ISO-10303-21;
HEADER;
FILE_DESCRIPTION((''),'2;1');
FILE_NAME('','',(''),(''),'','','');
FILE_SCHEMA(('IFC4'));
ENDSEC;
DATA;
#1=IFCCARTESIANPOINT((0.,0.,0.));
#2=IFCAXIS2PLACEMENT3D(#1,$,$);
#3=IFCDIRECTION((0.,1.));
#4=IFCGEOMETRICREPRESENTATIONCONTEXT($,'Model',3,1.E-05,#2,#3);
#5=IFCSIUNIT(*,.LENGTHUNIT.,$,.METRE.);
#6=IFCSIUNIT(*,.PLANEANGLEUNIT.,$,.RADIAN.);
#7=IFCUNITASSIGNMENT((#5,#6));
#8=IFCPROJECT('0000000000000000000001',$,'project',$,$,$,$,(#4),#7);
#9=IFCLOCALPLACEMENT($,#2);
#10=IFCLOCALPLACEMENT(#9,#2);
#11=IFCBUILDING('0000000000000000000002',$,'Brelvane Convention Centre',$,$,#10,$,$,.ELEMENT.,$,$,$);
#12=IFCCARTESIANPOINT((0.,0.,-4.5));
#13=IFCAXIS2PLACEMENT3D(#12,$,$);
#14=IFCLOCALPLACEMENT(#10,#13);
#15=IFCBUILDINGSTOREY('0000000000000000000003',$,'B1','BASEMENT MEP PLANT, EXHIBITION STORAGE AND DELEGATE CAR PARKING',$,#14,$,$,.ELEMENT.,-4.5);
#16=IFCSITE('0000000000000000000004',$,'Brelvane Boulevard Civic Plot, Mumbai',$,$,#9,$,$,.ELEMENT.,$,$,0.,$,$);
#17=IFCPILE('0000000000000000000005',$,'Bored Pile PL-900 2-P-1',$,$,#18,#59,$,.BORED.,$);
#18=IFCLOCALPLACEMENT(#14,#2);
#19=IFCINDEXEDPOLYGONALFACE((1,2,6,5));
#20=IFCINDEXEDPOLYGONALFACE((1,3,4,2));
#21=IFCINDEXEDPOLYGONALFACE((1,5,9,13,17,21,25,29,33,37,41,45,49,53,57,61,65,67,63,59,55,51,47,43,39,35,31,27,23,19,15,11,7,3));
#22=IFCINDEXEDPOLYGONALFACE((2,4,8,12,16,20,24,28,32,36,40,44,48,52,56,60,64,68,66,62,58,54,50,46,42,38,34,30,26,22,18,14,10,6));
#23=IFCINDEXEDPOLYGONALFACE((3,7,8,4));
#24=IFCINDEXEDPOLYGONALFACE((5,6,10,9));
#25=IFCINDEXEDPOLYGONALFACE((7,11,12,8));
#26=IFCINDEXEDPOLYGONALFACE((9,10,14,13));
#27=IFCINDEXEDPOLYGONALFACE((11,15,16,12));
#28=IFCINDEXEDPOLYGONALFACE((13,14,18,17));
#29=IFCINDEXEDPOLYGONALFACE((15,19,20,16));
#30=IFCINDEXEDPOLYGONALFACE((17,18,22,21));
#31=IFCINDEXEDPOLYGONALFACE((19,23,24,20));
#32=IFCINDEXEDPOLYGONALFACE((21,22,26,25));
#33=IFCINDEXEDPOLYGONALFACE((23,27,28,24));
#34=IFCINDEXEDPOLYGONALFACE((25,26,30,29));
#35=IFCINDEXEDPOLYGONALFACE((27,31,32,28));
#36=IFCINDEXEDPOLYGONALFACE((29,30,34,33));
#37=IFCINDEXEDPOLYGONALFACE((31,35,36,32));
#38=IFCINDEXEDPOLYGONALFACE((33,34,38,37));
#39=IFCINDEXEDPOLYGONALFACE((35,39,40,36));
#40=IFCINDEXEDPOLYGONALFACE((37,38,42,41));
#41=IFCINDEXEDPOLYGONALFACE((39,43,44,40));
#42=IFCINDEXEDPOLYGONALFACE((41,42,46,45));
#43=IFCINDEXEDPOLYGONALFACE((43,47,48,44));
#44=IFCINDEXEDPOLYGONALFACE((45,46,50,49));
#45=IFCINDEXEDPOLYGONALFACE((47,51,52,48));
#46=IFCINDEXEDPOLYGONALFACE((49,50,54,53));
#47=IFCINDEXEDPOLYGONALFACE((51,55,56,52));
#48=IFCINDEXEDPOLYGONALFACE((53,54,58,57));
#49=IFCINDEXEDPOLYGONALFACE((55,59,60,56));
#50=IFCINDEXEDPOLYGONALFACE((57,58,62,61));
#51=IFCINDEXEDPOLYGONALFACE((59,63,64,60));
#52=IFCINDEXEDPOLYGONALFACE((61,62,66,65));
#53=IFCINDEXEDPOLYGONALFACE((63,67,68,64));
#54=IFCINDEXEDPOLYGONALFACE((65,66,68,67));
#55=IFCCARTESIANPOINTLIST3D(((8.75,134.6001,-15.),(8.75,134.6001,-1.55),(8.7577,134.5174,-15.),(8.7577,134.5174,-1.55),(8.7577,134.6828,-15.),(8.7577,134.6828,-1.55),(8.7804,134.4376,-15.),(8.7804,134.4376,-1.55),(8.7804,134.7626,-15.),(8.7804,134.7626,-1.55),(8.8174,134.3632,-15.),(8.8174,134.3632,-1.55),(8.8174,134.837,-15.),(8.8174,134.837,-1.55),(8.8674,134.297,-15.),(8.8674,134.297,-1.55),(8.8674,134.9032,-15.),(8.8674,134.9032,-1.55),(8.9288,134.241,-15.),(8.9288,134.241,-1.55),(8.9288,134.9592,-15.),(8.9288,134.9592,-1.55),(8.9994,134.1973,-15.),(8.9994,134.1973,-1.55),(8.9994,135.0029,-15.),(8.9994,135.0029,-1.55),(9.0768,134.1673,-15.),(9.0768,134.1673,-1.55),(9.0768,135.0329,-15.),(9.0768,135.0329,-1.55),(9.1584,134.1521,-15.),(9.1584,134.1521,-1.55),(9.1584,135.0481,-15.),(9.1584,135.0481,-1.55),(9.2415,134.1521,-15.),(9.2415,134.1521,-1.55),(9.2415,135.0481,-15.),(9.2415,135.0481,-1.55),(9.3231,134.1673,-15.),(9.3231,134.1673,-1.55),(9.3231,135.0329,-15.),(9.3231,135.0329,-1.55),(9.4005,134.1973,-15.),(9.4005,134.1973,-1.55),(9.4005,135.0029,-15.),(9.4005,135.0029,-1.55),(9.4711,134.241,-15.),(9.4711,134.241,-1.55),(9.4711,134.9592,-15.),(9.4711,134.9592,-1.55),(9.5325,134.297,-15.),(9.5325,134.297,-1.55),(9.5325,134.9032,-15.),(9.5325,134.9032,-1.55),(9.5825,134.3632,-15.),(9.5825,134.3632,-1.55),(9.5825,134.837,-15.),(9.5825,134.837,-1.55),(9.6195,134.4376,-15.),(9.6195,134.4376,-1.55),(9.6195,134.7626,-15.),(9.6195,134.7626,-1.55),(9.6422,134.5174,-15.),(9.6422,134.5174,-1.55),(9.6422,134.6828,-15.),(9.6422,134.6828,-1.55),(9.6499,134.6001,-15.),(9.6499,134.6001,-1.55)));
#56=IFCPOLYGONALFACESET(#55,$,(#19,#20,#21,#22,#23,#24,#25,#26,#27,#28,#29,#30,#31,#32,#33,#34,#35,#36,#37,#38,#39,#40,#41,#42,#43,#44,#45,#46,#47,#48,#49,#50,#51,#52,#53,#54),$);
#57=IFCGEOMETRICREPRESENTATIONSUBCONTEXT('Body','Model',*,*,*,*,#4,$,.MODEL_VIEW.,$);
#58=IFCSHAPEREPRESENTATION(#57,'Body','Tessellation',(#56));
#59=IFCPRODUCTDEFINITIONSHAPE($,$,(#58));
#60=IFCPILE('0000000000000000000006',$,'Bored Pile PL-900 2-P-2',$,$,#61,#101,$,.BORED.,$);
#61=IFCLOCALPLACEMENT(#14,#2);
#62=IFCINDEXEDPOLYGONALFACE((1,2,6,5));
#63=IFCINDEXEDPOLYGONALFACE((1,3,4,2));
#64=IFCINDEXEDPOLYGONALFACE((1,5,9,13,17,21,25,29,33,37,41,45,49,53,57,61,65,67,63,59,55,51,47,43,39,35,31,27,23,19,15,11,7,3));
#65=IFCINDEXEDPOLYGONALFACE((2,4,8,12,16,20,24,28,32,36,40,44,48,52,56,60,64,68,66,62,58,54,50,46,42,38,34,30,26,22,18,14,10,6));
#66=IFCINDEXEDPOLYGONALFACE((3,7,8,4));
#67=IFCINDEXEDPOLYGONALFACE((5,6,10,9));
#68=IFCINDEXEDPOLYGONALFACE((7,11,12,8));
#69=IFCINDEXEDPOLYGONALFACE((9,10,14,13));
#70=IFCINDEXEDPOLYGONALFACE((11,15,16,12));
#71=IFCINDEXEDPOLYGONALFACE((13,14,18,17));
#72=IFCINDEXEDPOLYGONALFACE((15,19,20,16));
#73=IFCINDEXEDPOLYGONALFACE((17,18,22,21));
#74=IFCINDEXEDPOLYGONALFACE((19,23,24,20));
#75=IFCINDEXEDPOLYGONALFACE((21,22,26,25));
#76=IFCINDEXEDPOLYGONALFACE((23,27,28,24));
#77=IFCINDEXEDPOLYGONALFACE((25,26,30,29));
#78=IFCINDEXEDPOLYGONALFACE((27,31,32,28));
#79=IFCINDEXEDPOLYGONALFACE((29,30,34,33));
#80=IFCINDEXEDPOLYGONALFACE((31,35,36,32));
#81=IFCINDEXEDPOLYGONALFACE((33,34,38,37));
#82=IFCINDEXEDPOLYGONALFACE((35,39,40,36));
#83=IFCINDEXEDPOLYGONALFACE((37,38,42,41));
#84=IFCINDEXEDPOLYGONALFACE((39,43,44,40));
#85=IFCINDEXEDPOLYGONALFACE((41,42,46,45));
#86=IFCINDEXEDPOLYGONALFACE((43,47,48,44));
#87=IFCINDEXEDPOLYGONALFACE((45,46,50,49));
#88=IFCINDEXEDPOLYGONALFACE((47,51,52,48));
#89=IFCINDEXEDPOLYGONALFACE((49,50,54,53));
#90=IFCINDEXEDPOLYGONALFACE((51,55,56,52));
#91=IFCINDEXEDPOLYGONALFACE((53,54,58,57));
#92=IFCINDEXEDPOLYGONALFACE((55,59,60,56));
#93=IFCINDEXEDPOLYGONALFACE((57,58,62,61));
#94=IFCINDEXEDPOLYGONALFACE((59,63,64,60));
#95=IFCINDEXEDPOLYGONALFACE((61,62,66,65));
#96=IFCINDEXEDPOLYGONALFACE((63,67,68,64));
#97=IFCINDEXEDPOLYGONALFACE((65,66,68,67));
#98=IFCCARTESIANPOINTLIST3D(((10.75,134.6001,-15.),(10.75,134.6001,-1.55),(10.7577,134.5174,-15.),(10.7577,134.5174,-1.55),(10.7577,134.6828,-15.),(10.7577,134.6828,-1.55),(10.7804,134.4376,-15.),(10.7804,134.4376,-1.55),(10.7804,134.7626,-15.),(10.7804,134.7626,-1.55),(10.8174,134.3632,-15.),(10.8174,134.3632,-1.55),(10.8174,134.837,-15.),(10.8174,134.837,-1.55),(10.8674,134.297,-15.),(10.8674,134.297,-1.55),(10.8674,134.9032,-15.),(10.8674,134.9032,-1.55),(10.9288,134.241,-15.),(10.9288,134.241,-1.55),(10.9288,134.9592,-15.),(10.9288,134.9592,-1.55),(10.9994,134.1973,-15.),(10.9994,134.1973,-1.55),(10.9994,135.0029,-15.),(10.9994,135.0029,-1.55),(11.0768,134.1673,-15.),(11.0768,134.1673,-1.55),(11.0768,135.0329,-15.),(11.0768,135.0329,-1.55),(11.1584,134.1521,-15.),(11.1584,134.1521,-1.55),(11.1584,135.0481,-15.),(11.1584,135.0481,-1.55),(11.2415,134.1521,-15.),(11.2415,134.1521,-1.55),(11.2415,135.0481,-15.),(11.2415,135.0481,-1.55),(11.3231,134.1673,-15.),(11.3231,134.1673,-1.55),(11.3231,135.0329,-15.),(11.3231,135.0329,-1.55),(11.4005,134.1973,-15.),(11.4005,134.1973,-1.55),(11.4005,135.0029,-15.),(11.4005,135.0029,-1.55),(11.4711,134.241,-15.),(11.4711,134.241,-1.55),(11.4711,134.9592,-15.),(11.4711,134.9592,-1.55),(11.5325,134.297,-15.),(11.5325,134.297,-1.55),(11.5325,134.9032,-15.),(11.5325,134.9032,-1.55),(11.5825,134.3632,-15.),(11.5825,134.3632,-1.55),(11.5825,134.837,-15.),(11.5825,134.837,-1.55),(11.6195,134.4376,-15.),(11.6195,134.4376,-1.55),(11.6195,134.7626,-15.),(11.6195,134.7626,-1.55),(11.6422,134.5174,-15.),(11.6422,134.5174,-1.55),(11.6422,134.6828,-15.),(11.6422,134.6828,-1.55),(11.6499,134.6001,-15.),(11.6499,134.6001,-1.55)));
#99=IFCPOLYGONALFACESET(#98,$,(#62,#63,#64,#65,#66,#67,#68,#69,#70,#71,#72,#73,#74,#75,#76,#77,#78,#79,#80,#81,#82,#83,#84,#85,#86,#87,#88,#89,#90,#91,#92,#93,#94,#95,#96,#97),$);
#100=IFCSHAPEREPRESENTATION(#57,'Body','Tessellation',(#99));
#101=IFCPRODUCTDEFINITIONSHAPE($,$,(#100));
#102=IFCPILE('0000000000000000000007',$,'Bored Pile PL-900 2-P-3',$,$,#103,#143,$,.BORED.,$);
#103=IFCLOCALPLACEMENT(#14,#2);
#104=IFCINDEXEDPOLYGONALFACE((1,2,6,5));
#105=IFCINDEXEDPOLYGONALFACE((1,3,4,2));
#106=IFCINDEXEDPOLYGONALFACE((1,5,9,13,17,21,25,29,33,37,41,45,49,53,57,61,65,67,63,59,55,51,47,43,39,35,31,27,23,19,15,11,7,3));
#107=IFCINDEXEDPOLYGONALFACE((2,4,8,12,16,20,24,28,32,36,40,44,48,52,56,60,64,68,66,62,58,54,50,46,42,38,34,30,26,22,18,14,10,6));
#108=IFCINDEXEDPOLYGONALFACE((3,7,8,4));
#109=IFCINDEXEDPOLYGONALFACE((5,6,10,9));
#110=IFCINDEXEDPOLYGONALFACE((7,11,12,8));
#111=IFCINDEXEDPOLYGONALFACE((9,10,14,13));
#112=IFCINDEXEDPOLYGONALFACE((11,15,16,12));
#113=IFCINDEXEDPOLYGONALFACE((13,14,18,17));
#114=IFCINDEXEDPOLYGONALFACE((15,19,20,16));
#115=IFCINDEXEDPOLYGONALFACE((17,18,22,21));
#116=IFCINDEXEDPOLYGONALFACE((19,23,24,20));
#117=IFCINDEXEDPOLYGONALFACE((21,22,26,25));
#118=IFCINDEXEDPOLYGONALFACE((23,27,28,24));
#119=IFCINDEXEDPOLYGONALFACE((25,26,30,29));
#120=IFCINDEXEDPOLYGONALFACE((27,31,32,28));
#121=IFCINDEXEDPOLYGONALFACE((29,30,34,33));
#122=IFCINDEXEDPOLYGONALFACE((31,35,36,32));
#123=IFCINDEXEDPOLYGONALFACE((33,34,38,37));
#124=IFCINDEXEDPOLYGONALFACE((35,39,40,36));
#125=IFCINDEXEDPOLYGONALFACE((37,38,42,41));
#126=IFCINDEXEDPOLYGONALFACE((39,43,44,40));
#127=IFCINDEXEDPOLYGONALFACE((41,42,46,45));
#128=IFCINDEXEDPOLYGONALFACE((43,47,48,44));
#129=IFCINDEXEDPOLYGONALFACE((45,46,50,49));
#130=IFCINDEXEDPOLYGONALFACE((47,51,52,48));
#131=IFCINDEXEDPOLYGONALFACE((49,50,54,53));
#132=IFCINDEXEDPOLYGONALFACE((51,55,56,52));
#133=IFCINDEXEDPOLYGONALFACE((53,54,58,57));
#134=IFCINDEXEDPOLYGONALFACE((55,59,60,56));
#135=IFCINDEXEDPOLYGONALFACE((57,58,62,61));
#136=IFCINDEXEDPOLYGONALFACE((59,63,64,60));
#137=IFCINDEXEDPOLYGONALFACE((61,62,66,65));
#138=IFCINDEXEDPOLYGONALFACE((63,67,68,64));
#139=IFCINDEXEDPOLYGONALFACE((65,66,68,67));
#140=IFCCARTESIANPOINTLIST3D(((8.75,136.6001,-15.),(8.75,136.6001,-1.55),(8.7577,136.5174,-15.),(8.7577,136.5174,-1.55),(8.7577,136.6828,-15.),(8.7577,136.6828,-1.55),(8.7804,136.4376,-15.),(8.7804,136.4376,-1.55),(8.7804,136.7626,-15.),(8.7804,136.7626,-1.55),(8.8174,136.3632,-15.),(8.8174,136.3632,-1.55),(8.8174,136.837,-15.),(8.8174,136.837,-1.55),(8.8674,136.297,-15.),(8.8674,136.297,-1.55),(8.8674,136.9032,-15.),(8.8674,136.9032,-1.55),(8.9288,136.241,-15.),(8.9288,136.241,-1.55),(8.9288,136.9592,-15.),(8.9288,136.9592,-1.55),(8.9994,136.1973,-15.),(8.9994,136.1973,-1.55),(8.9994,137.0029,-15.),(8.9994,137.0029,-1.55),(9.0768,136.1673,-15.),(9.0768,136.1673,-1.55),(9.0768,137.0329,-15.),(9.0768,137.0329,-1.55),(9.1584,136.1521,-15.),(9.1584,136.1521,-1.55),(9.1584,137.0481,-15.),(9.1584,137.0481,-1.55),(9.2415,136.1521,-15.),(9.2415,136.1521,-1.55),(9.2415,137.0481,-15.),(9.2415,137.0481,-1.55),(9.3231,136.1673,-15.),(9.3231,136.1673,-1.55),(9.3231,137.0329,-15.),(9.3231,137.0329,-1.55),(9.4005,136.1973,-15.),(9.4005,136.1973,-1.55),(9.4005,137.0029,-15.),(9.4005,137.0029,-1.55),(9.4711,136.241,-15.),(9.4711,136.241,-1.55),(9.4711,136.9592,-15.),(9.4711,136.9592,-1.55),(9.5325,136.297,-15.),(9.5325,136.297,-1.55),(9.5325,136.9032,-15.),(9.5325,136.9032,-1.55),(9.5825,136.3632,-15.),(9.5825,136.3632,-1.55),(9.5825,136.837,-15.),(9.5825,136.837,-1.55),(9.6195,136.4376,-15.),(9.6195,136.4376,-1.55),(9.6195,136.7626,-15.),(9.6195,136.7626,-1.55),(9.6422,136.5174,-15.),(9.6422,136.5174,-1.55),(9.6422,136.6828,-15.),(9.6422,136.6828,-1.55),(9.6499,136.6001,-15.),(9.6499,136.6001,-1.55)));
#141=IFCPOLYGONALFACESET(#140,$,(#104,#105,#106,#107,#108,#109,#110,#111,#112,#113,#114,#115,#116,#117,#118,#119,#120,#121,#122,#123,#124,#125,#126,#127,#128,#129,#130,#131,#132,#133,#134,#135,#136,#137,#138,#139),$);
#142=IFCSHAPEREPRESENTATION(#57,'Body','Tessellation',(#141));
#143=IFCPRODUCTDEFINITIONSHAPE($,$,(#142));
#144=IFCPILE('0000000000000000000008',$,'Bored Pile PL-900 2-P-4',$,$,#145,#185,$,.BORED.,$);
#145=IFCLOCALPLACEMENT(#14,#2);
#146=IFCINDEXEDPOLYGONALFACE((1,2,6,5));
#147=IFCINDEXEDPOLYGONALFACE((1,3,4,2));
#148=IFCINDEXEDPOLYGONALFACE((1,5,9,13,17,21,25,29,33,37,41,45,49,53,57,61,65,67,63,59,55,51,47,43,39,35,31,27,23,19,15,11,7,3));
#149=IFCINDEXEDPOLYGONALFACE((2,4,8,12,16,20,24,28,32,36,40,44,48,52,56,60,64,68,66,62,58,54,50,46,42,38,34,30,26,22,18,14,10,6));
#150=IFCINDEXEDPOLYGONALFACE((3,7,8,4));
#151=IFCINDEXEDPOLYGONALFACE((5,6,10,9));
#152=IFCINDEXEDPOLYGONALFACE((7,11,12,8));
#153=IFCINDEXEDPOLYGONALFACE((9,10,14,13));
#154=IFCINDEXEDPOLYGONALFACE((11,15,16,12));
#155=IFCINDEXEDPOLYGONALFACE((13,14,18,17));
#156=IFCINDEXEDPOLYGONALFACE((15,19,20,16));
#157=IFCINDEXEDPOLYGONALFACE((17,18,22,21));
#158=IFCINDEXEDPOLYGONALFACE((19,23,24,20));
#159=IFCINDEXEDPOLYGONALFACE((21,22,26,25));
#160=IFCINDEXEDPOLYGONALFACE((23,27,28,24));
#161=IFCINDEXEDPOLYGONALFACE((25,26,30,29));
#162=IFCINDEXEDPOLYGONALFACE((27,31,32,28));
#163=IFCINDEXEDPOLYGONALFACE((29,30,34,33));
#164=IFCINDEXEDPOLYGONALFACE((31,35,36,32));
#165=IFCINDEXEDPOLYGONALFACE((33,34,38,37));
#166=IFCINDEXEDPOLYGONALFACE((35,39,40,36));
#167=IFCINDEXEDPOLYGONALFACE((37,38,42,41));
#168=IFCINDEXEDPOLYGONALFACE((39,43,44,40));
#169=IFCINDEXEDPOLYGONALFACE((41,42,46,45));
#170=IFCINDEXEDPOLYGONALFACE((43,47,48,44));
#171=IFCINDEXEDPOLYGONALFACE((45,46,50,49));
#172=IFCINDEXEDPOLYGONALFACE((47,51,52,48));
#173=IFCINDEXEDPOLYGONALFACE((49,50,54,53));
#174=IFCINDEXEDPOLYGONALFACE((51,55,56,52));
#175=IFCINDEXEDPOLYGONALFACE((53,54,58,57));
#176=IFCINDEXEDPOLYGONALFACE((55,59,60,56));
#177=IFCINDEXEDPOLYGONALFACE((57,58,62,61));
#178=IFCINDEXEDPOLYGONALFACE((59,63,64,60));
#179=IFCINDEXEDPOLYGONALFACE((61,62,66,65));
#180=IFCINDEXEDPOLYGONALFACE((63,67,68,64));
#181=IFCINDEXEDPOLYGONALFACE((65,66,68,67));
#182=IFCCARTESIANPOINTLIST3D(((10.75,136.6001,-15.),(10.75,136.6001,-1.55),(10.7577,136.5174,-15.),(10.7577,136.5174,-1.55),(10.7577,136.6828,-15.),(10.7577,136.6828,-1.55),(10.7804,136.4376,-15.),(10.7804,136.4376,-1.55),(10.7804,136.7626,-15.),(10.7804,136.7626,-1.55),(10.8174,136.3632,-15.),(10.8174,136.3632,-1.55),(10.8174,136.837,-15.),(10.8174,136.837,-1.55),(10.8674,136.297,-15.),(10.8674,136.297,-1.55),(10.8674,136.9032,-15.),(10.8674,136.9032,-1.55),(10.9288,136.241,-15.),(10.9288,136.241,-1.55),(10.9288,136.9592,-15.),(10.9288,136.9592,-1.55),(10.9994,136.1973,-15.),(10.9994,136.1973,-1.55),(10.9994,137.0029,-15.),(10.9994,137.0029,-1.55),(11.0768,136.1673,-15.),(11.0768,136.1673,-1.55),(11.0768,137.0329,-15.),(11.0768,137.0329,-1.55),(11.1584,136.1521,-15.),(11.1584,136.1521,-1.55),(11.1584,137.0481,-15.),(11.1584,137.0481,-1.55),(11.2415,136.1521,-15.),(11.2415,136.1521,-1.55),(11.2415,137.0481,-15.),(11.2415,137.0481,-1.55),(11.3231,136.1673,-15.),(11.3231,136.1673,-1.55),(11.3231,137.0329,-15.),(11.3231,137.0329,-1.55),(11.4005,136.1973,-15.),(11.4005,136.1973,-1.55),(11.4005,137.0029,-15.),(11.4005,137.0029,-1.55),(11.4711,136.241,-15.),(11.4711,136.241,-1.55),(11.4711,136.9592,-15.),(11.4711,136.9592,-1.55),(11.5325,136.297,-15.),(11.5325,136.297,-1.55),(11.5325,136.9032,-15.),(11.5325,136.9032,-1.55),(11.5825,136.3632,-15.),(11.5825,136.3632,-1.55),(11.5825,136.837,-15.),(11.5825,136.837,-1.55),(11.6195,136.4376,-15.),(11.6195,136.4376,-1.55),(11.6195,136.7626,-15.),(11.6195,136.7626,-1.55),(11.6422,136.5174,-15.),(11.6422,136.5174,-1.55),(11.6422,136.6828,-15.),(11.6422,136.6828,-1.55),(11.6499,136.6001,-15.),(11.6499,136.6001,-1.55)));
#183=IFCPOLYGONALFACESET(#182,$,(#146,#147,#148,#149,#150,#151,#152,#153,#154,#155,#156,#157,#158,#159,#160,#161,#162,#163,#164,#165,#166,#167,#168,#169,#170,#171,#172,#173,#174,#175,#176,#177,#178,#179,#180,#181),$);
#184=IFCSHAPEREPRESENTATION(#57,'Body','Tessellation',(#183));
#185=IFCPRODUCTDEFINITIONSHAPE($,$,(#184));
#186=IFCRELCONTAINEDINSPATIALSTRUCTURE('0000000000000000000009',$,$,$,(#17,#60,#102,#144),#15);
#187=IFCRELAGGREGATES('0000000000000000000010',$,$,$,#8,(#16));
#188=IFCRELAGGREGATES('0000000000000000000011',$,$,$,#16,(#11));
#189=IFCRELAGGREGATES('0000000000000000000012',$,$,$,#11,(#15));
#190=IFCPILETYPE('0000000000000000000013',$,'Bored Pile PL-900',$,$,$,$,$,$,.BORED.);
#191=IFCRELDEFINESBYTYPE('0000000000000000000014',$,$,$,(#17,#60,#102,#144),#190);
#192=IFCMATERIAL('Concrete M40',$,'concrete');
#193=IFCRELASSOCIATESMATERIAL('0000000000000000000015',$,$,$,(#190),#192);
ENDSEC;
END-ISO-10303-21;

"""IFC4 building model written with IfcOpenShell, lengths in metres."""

from ifc_helpers import new_model, si_unit, direction, frame, origin, origin_2d, place, context, subcontext, project, spatial, circle, extrude, material, material_profile, profile_set, type_object, element, save


model = new_model("IFC4")

# Units and contexts
model_context = context("Model", 3, precision=1e-05, world=origin(), true_north=direction((0.0, 1.0)))
body_context = subcontext(model_context, "Body", "Model", "MODEL_VIEW")
ifc_project = project(units=[si_unit("LENGTHUNIT", "METRE"), si_unit("PLANEANGLEUNIT", "RADIAN")], contexts=[model_context])

# Site, building, storey
site_placement = place(None, origin())
site = spatial("IfcSite", under=ifc_project, at=site_placement, Name="Brelvane Boulevard Civic Plot, Mumbai", CompositionType="ELEMENT", RefElevation=0.0)
building_placement = place(site_placement, origin())
building = spatial("IfcBuilding", under=site, at=building_placement, Name="Brelvane Convention Centre", CompositionType="ELEMENT")
storey_placement = place(building_placement, frame((0.0, 0.0, -4.5)))
storey = spatial("IfcBuildingStorey", under=building, at=storey_placement, Name="B1", Description="BASEMENT MEP PLANT, EXHIBITION STORAGE AND DELEGATE CAR PARKING", CompositionType="ELEMENT", Elevation=-4.5)

# Piles
ifc_material_1 = material(Name="Concrete M40", Category="concrete")
ifc_material_profile_1 = material_profile(ifc_material_1, circle(Radius=0.45, at=origin_2d()), Name="PILE D900")
ifc_profile_set_1 = profile_set([ifc_material_profile_1], Name="Concrete M40")
pile_type = type_object("IfcPileType", Name="Bored Pile PL-900", PredefinedType="BORED", material=ifc_profile_set_1)
for number, where, z_axis, x_axis, name in (
    (1, (9.2, 134.6001, -1.55), (0.0, 0.0, -1.0), (1.0, 0.0, 0.0), "Bored Pile PL-900 2-P-1"),
    (2, (11.2, 134.6001, -1.55), (0.0, 0.0, -1.0), (1.0, 0.0, 0.0), "Bored Pile PL-900 2-P-2"),
    (3, (9.2, 136.6001, -1.55), (0.0, 0.0, -1.0), (1.0, 0.0, 0.0), "Bored Pile PL-900 2-P-3"),
    (4, (11.2, 136.6001, -1.55), (0.0, 0.0, -1.0), (1.0, 0.0, 0.0), "Bored Pile PL-900 2-P-4"),
):
    element("IfcPile", number, at=place(storey_placement, frame(where, z_axis=z_axis, x_axis=x_axis)), inside=storey, type_object=pile_type, Name=name, PredefinedType="BORED", context=body_context, shape_type="SweptSolid", body=[
        extrude(circle(Radius=0.45, at=origin_2d()), origin(), (0.0, 0.0, 1.0), 13.45),
    ])

save(model, "model.ifc")
